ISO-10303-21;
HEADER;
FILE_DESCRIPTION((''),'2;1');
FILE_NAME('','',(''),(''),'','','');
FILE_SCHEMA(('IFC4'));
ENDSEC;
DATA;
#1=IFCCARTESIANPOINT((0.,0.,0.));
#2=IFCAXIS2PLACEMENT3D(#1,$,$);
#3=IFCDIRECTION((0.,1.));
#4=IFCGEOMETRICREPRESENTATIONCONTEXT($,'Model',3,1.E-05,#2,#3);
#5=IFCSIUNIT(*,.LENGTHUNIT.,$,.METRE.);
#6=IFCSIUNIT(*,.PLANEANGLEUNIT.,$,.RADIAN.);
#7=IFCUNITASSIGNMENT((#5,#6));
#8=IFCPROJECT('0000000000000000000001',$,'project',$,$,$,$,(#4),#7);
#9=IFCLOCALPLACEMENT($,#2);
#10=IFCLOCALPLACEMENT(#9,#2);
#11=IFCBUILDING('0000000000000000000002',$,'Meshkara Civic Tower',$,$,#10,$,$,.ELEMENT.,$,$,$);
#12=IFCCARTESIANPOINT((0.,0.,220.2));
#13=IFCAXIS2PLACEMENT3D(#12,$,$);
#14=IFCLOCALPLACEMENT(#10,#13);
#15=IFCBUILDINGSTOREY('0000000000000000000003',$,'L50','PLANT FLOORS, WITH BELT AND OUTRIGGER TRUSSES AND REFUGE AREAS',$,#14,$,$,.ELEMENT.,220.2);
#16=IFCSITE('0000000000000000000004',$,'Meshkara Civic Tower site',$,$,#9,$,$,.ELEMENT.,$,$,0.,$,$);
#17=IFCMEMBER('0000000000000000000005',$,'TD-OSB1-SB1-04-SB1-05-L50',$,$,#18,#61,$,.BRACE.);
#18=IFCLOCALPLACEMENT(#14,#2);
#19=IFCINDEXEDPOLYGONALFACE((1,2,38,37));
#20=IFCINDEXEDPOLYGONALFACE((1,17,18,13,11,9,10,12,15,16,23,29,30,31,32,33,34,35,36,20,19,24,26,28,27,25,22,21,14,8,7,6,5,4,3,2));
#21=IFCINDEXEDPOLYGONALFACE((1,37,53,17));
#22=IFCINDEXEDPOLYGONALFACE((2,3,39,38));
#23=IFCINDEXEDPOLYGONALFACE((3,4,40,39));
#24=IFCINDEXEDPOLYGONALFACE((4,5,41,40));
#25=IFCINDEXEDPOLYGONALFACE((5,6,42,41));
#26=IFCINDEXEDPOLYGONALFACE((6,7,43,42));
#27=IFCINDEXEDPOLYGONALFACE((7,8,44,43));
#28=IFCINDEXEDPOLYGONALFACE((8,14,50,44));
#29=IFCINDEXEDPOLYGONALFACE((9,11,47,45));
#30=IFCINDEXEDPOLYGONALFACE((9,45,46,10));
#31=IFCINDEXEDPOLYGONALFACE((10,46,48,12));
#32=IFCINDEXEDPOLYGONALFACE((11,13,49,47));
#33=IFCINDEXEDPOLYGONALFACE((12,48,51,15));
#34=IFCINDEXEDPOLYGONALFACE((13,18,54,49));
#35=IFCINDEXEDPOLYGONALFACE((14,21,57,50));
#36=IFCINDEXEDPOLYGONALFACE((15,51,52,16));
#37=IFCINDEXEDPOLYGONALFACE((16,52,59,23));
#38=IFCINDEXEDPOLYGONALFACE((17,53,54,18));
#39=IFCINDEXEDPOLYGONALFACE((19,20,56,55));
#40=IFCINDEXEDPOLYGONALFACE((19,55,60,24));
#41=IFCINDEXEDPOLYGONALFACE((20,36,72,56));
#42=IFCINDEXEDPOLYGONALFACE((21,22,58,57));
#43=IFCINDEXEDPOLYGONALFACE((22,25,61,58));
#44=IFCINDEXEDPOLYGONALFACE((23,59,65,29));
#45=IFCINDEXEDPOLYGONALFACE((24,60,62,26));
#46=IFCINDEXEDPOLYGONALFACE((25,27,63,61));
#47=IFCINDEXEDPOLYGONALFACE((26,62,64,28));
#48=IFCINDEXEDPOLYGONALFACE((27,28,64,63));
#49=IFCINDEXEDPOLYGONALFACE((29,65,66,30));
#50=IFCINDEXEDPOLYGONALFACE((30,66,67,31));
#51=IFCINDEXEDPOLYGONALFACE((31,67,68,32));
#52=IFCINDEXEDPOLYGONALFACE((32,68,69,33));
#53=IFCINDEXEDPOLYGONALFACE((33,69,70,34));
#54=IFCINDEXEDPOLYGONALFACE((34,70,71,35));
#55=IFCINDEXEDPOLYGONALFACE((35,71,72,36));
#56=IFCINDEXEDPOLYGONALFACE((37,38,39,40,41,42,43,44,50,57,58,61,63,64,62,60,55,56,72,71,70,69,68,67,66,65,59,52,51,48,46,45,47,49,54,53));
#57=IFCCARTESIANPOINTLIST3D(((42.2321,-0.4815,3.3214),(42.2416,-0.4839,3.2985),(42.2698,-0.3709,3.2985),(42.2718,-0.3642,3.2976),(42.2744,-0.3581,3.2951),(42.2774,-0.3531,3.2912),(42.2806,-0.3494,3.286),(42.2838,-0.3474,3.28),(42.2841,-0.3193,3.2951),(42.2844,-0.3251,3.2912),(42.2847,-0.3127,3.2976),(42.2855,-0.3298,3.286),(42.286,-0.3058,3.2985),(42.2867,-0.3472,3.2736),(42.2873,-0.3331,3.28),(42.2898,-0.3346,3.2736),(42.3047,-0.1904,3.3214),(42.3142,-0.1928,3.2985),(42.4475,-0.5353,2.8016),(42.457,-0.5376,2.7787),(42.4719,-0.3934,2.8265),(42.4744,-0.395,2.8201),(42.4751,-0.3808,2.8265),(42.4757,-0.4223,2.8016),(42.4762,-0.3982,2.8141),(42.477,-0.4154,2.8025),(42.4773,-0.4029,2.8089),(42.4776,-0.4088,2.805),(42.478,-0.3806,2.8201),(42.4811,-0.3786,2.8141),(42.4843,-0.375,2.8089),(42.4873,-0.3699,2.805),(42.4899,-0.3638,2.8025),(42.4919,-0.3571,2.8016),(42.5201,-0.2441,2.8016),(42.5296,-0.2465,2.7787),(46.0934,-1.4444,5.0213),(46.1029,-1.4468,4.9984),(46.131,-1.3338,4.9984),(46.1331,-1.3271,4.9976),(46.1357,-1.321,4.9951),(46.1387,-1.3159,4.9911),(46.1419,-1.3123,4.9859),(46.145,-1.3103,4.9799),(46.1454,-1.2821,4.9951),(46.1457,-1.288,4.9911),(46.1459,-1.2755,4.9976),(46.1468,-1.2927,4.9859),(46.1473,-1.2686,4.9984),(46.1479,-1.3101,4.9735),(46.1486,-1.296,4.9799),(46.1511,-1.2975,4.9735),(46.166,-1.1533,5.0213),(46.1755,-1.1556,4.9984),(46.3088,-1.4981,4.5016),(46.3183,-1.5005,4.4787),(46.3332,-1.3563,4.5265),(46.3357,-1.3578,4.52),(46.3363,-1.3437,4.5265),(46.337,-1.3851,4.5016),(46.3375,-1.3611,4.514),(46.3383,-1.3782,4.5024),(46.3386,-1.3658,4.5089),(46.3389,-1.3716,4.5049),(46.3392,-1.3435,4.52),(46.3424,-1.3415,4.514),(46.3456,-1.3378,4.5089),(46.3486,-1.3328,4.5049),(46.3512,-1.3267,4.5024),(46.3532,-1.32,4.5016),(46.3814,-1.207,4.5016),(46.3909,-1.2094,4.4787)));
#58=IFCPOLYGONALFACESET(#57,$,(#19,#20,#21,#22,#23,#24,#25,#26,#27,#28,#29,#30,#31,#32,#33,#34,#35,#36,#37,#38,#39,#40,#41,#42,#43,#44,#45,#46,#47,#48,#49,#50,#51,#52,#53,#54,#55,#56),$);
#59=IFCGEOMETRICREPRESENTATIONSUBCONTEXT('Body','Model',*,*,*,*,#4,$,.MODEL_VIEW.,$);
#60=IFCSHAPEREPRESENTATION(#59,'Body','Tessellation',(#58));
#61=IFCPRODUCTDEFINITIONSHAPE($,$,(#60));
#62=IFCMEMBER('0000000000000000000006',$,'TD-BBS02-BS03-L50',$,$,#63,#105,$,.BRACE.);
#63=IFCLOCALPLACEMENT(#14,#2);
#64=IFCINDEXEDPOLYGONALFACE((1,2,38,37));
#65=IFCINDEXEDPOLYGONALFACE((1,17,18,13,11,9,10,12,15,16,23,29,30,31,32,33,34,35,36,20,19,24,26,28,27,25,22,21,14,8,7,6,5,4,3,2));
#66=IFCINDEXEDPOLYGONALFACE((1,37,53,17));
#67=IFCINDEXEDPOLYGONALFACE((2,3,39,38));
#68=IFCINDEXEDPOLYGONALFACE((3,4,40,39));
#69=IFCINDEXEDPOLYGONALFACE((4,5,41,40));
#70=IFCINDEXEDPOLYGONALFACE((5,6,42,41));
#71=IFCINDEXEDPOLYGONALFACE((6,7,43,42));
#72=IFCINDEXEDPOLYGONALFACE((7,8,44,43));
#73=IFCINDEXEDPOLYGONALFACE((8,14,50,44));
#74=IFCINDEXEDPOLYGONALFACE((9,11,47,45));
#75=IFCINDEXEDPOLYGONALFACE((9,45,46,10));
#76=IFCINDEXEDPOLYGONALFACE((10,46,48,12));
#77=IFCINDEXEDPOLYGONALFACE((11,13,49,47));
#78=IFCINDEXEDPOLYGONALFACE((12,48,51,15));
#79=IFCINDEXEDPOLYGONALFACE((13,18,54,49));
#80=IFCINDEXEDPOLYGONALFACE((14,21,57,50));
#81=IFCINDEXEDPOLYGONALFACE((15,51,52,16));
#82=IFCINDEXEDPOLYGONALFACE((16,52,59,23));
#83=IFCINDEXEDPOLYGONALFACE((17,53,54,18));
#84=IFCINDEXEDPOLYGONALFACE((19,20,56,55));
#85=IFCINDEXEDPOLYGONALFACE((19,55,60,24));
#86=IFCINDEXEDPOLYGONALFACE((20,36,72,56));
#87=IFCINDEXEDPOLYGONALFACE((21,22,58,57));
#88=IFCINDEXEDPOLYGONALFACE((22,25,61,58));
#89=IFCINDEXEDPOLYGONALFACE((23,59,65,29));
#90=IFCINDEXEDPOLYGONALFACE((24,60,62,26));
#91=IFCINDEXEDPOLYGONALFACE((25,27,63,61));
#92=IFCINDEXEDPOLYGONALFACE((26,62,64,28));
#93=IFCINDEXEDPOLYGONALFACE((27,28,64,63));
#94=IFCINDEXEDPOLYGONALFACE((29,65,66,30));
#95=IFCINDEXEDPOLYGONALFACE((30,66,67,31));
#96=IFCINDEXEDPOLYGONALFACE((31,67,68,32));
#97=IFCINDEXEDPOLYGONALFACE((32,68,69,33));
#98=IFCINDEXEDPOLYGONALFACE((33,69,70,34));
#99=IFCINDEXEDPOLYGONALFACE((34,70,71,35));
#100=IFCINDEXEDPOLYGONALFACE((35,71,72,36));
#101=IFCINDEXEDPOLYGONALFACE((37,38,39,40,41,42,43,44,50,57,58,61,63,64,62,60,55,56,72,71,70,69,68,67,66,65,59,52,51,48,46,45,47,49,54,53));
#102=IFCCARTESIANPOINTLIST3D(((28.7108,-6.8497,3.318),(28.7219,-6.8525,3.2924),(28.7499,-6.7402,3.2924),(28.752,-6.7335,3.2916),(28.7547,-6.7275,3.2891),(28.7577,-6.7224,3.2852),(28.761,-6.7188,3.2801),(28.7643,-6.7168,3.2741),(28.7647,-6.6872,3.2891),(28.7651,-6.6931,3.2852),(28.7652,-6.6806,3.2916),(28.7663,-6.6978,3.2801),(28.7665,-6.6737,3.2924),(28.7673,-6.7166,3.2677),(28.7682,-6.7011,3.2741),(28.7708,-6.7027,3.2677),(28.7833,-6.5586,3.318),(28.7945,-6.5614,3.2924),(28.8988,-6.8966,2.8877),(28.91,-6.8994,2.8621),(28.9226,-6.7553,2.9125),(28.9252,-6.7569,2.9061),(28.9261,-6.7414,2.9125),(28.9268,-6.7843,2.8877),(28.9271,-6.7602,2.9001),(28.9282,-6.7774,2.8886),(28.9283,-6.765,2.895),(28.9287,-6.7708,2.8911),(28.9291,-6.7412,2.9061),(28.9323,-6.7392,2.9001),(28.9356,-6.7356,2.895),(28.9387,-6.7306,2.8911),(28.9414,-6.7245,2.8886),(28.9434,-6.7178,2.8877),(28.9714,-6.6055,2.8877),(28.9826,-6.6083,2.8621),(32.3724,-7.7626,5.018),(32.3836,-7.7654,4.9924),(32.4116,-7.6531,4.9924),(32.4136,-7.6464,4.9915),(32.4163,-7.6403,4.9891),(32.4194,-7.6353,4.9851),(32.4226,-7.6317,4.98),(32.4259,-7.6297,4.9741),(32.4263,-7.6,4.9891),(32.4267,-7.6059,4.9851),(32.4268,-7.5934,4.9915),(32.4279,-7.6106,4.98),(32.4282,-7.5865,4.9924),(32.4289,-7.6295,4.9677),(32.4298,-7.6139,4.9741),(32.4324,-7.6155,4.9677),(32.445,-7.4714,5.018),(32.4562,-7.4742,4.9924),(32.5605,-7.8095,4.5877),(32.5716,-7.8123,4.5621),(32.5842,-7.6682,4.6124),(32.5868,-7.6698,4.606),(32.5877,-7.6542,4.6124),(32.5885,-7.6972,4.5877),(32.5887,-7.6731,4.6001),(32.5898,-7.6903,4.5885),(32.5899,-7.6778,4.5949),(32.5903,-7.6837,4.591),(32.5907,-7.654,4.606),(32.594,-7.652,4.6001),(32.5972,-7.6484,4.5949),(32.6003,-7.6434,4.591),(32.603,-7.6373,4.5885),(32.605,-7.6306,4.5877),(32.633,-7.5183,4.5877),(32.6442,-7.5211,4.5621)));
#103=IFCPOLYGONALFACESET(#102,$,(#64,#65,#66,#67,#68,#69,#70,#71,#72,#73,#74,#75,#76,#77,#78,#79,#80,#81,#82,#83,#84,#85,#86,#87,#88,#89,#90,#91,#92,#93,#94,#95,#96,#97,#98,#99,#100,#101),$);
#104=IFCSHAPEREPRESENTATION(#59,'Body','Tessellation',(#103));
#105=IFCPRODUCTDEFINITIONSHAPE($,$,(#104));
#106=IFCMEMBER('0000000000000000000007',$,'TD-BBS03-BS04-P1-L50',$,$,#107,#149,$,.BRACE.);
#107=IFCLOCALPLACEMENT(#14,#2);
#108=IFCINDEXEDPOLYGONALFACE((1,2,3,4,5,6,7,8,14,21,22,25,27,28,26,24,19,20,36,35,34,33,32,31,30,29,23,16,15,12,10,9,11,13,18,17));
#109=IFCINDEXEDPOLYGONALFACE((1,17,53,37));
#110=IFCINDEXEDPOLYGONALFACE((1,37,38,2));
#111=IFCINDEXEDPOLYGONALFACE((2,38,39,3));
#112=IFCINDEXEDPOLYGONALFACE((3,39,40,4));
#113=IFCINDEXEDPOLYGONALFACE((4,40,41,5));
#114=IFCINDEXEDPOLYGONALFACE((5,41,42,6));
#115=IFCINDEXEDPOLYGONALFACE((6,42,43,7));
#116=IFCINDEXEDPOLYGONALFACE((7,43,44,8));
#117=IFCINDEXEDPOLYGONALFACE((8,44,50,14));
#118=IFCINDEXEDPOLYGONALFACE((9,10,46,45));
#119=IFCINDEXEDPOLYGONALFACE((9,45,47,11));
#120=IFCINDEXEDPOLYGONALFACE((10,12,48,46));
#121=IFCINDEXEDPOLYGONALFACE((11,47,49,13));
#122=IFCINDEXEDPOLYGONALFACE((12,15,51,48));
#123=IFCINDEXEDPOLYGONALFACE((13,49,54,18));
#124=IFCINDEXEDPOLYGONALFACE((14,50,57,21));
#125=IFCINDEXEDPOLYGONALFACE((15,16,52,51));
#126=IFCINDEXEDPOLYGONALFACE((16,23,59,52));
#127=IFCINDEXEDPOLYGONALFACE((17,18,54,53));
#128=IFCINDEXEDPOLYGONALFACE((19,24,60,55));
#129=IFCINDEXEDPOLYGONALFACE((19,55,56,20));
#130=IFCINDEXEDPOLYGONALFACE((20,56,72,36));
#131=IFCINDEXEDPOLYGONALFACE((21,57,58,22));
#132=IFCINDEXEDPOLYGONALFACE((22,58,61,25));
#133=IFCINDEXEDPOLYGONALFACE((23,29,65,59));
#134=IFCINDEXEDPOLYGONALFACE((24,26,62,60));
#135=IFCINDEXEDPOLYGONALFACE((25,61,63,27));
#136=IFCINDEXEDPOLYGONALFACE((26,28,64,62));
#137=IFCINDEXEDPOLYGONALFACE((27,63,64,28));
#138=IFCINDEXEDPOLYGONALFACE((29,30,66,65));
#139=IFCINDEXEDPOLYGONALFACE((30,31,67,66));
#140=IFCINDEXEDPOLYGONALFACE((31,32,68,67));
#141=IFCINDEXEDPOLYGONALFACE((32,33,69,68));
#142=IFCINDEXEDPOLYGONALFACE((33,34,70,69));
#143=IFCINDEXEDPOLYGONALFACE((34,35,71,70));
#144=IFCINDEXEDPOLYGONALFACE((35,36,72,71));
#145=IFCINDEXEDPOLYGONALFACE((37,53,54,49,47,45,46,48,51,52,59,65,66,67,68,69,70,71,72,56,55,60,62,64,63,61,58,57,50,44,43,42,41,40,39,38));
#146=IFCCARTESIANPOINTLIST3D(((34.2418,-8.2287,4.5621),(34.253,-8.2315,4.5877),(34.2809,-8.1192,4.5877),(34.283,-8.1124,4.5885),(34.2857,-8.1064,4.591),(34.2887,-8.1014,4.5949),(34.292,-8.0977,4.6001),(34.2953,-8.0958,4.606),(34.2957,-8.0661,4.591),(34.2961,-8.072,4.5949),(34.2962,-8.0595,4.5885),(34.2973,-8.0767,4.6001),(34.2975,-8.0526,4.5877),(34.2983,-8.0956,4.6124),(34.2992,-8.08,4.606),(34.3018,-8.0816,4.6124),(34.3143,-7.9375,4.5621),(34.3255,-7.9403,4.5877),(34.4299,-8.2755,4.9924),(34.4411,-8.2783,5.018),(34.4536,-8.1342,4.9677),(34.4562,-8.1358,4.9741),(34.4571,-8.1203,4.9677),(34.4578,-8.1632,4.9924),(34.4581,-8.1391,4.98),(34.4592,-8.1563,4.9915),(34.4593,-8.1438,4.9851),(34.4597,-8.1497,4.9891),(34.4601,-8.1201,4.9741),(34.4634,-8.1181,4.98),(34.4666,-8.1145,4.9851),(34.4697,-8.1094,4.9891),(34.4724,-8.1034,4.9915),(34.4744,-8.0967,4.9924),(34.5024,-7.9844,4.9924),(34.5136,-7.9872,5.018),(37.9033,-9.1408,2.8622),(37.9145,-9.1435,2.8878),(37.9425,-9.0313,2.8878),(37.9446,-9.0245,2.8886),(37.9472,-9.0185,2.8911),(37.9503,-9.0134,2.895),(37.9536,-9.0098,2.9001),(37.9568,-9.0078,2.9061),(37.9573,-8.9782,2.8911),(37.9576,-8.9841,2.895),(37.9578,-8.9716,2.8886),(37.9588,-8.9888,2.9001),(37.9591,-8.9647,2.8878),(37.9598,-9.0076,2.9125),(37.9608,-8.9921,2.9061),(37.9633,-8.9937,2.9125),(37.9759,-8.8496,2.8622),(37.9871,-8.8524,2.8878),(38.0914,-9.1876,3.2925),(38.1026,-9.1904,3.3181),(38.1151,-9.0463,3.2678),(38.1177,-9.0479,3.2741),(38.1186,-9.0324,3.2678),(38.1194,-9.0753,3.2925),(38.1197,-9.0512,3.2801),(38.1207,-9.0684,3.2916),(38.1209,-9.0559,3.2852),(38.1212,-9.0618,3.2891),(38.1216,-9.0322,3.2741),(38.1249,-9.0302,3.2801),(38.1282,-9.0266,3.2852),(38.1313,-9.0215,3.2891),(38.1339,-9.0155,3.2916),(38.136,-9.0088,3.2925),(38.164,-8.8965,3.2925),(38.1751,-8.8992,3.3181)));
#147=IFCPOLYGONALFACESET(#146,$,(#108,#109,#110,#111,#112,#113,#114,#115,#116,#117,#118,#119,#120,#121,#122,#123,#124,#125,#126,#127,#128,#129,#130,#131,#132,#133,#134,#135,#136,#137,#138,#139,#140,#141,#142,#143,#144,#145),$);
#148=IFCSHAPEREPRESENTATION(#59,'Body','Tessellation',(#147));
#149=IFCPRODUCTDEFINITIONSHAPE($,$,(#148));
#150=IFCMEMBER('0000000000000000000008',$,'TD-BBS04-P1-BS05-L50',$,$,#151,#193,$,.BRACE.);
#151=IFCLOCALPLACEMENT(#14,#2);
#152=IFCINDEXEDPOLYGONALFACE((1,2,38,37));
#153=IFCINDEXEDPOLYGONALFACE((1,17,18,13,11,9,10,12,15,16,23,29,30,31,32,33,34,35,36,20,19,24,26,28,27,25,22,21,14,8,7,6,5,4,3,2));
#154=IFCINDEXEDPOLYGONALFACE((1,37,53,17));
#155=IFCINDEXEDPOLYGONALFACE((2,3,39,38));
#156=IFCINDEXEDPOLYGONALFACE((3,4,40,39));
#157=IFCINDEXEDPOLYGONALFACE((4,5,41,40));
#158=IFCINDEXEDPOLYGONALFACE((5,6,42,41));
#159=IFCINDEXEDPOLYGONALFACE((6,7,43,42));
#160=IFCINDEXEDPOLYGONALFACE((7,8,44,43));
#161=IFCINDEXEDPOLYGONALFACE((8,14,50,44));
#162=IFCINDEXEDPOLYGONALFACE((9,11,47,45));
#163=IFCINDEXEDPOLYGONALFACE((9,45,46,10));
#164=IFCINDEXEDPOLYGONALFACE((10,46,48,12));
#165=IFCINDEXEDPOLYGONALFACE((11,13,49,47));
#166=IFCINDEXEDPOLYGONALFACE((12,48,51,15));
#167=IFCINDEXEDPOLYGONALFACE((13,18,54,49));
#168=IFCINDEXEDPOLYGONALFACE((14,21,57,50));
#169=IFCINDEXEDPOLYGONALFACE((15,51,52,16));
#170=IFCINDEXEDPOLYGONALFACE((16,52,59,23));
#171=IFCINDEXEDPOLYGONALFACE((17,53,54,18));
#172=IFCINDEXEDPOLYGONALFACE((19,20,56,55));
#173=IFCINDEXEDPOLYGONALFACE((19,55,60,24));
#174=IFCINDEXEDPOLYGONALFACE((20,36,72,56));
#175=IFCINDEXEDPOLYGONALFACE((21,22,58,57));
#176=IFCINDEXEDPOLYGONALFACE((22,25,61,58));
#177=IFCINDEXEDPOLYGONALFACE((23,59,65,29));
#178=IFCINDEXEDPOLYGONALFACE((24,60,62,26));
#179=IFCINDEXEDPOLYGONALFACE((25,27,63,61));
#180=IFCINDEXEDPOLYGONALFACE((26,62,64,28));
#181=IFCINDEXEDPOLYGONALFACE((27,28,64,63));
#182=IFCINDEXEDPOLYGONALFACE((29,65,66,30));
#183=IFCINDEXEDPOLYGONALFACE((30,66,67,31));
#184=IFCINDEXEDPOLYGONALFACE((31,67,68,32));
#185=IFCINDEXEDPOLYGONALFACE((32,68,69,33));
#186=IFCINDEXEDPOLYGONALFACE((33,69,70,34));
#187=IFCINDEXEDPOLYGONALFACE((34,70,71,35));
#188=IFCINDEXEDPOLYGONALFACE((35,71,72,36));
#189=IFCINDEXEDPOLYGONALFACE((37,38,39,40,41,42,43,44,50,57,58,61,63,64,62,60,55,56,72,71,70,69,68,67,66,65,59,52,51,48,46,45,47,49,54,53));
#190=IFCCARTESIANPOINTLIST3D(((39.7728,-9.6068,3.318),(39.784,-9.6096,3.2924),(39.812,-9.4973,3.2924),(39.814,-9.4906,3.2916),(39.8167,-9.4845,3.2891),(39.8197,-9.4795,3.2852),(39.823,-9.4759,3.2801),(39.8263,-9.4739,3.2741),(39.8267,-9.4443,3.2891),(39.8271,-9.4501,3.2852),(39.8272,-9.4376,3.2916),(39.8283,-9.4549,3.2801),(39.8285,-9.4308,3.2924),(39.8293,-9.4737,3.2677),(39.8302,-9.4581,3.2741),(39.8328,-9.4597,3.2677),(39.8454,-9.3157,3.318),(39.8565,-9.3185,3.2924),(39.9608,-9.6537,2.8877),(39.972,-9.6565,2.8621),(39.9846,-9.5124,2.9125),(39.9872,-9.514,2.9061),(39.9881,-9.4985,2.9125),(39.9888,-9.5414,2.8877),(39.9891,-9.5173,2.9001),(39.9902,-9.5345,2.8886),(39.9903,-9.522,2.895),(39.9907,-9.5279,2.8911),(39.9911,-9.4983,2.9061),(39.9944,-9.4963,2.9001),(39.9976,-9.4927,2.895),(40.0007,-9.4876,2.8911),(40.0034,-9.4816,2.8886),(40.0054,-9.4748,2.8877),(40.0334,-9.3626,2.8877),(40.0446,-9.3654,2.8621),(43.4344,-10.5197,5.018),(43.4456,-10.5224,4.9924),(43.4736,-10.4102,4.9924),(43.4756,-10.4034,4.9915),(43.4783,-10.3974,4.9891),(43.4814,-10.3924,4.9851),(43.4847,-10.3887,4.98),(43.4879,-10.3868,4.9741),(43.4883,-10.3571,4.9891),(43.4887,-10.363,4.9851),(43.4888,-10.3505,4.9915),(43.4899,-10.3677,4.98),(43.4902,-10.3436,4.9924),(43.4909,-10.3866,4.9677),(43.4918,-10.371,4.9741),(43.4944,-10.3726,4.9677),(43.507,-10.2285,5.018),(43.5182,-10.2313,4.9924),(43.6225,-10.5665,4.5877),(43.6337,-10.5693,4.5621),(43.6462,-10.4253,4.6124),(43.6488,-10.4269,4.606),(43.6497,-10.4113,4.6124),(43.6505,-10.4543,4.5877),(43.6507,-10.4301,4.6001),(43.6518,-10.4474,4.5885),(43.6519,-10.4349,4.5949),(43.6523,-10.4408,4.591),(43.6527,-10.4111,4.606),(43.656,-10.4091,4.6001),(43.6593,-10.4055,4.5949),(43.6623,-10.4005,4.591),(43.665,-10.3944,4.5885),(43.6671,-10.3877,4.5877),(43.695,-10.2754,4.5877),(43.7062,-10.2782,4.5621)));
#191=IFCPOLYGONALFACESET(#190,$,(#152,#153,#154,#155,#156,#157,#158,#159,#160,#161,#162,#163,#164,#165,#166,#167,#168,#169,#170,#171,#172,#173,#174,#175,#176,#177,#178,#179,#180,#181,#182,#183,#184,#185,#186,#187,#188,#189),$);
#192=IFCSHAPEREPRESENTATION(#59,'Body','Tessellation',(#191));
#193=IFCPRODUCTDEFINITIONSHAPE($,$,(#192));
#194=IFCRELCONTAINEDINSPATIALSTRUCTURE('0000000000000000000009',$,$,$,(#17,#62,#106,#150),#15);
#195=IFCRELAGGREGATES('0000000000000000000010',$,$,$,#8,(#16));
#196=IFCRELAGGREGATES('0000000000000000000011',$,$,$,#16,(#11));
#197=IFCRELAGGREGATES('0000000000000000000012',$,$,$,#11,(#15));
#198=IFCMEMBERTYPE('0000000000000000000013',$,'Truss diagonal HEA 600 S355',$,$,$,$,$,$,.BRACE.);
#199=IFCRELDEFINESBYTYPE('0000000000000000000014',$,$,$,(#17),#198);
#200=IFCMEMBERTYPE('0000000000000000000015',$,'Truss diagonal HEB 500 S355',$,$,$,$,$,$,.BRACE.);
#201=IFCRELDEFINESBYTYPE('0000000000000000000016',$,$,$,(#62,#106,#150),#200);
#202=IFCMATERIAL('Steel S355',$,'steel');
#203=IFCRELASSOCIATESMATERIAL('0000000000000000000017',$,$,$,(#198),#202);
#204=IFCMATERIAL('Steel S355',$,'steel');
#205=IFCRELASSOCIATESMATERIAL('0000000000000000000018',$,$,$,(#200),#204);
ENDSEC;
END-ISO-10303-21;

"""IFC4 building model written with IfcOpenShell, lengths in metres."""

from ifc_helpers import new_model, si_unit, direction, frame, origin, origin_2d, place, context, subcontext, project, spatial, i_section, extrude, material, material_profile, profile_set, type_object, element, save


model = new_model("IFC4")

# Units and contexts
model_context = context("Model", 3, precision=1e-05, world=origin(), true_north=direction((0.0, 1.0)))
body_context = subcontext(model_context, "Body", "Model", "MODEL_VIEW")
ifc_project = project(units=[si_unit("LENGTHUNIT", "METRE"), si_unit("PLANEANGLEUNIT", "RADIAN")], contexts=[model_context])

# Site, building, storey
site_placement = place(None, origin())
site = spatial("IfcSite", under=ifc_project, at=site_placement, Name="Meshkara Civic Tower site", CompositionType="ELEMENT", RefElevation=0.0)
building_placement = place(site_placement, origin())
building = spatial("IfcBuilding", under=site, at=building_placement, Name="Meshkara Civic Tower", CompositionType="ELEMENT")
storey_placement = place(building_placement, frame((0.0, 0.0, 220.2)))
storey = spatial("IfcBuildingStorey", under=building, at=storey_placement, Name="L50", Description="PLANT FLOORS, WITH BELT AND OUTRIGGER TRUSSES AND REFUGE AREAS", CompositionType="ELEMENT", Elevation=220.2)

# Members
ifc_material_1 = material(Name="Steel S355", Category="steel")
ifc_material_profile_1 = material_profile(ifc_material_1, i_section(OverallWidth=0.3, OverallDepth=0.5901, WebThickness=0.0129, FlangeThickness=0.0249, FilletRadius=0.0271, at=origin_2d()))
ifc_profile_set_1 = profile_set([ifc_material_profile_1], Name="Steel S355")
member_type_1 = type_object("IfcMemberType", Name="Truss diagonal HEA 600 S355", PredefinedType="BRACE", material=ifc_profile_set_1)
member_1_placement = place(storey_placement, frame((42.3809, -0.364, 3.05), z_axis=(0.892287, -0.222507, 0.39283), x_axis=(0.241958, 0.970287, 0.0)))
element("IfcMember", 1, at=member_1_placement, inside=storey, type_object=member_type_1, Name="TD-OSB1-SB1-04-SB1-05-L50", PredefinedType="BRACE", context=body_context, shape_type="SweptSolid", body=[
    extrude(i_section(OverallWidth=0.3, OverallDepth=0.5901, WebThickness=0.0129, FlangeThickness=0.0249, FilletRadius=0.0271, at=origin_2d()), origin(), (0.0, 0.0, 1.0), 4.3274),
])
ifc_material_2 = material(Name="Steel S355", Category="steel")
ifc_material_profile_2 = material_profile(ifc_material_2, i_section(OverallWidth=0.3, OverallDepth=0.5, WebThickness=0.0144, FlangeThickness=0.0281, FilletRadius=0.0271, at=origin_2d()))
ifc_profile_set_2 = profile_set([ifc_material_profile_2], Name="Steel S355")
member_type_2 = type_object("IfcMemberType", Name="Truss diagonal HEB 500 S355", PredefinedType="BRACE", material=ifc_profile_set_2)
member_2_placement = place(storey_placement, frame((28.8467, -6.729, 3.0901), z_axis=(0.884682, -0.220551, 0.410724), x_axis=(0.241896, 0.970302, 0.0)))
element("IfcMember", 2, at=member_2_placement, inside=storey, type_object=member_type_2, Name="TD-BBS02-BS03-L50", PredefinedType="BRACE", context=body_context, shape_type="SweptSolid", body=[
    extrude(i_section(OverallWidth=0.3, OverallDepth=0.5, WebThickness=0.0144, FlangeThickness=0.0281, FilletRadius=0.0271, at=origin_2d()), origin(), (0.0, 0.0, 1.0), 4.1389),
])
member_3_placement = place(storey_placement, frame((34.3777, -8.1079, 4.79), z_axis=(0.884717, -0.220383, -0.41074), x_axis=(0.241713, 0.970348, 0.0)))
element("IfcMember", 3, at=member_3_placement, inside=storey, type_object=member_type_2, Name="TD-BBS03-BS04-P1-L50", PredefinedType="BRACE", context=body_context, shape_type="SweptSolid", body=[
    extrude(i_section(OverallWidth=0.3, OverallDepth=0.5, WebThickness=0.0144, FlangeThickness=0.0281, FilletRadius=0.0271, at=origin_2d()), origin(), (0.0, 0.0, 1.0), 4.1387),
])
member_4_placement = place(storey_placement, frame((39.9087, -9.4861, 3.0901), z_axis=(0.884682, -0.220551, 0.410724), x_axis=(0.241896, 0.970302, 0.0)))
element("IfcMember", 4, at=member_4_placement, inside=storey, type_object=member_type_2, Name="TD-BBS04-P1-BS05-L50", PredefinedType="BRACE", context=body_context, shape_type="SweptSolid", body=[
    extrude(i_section(OverallWidth=0.3, OverallDepth=0.5, WebThickness=0.0144, FlangeThickness=0.0281, FilletRadius=0.0271, at=origin_2d()), origin(), (0.0, 0.0, 1.0), 4.1389),
])

save(model, "model.ifc")
